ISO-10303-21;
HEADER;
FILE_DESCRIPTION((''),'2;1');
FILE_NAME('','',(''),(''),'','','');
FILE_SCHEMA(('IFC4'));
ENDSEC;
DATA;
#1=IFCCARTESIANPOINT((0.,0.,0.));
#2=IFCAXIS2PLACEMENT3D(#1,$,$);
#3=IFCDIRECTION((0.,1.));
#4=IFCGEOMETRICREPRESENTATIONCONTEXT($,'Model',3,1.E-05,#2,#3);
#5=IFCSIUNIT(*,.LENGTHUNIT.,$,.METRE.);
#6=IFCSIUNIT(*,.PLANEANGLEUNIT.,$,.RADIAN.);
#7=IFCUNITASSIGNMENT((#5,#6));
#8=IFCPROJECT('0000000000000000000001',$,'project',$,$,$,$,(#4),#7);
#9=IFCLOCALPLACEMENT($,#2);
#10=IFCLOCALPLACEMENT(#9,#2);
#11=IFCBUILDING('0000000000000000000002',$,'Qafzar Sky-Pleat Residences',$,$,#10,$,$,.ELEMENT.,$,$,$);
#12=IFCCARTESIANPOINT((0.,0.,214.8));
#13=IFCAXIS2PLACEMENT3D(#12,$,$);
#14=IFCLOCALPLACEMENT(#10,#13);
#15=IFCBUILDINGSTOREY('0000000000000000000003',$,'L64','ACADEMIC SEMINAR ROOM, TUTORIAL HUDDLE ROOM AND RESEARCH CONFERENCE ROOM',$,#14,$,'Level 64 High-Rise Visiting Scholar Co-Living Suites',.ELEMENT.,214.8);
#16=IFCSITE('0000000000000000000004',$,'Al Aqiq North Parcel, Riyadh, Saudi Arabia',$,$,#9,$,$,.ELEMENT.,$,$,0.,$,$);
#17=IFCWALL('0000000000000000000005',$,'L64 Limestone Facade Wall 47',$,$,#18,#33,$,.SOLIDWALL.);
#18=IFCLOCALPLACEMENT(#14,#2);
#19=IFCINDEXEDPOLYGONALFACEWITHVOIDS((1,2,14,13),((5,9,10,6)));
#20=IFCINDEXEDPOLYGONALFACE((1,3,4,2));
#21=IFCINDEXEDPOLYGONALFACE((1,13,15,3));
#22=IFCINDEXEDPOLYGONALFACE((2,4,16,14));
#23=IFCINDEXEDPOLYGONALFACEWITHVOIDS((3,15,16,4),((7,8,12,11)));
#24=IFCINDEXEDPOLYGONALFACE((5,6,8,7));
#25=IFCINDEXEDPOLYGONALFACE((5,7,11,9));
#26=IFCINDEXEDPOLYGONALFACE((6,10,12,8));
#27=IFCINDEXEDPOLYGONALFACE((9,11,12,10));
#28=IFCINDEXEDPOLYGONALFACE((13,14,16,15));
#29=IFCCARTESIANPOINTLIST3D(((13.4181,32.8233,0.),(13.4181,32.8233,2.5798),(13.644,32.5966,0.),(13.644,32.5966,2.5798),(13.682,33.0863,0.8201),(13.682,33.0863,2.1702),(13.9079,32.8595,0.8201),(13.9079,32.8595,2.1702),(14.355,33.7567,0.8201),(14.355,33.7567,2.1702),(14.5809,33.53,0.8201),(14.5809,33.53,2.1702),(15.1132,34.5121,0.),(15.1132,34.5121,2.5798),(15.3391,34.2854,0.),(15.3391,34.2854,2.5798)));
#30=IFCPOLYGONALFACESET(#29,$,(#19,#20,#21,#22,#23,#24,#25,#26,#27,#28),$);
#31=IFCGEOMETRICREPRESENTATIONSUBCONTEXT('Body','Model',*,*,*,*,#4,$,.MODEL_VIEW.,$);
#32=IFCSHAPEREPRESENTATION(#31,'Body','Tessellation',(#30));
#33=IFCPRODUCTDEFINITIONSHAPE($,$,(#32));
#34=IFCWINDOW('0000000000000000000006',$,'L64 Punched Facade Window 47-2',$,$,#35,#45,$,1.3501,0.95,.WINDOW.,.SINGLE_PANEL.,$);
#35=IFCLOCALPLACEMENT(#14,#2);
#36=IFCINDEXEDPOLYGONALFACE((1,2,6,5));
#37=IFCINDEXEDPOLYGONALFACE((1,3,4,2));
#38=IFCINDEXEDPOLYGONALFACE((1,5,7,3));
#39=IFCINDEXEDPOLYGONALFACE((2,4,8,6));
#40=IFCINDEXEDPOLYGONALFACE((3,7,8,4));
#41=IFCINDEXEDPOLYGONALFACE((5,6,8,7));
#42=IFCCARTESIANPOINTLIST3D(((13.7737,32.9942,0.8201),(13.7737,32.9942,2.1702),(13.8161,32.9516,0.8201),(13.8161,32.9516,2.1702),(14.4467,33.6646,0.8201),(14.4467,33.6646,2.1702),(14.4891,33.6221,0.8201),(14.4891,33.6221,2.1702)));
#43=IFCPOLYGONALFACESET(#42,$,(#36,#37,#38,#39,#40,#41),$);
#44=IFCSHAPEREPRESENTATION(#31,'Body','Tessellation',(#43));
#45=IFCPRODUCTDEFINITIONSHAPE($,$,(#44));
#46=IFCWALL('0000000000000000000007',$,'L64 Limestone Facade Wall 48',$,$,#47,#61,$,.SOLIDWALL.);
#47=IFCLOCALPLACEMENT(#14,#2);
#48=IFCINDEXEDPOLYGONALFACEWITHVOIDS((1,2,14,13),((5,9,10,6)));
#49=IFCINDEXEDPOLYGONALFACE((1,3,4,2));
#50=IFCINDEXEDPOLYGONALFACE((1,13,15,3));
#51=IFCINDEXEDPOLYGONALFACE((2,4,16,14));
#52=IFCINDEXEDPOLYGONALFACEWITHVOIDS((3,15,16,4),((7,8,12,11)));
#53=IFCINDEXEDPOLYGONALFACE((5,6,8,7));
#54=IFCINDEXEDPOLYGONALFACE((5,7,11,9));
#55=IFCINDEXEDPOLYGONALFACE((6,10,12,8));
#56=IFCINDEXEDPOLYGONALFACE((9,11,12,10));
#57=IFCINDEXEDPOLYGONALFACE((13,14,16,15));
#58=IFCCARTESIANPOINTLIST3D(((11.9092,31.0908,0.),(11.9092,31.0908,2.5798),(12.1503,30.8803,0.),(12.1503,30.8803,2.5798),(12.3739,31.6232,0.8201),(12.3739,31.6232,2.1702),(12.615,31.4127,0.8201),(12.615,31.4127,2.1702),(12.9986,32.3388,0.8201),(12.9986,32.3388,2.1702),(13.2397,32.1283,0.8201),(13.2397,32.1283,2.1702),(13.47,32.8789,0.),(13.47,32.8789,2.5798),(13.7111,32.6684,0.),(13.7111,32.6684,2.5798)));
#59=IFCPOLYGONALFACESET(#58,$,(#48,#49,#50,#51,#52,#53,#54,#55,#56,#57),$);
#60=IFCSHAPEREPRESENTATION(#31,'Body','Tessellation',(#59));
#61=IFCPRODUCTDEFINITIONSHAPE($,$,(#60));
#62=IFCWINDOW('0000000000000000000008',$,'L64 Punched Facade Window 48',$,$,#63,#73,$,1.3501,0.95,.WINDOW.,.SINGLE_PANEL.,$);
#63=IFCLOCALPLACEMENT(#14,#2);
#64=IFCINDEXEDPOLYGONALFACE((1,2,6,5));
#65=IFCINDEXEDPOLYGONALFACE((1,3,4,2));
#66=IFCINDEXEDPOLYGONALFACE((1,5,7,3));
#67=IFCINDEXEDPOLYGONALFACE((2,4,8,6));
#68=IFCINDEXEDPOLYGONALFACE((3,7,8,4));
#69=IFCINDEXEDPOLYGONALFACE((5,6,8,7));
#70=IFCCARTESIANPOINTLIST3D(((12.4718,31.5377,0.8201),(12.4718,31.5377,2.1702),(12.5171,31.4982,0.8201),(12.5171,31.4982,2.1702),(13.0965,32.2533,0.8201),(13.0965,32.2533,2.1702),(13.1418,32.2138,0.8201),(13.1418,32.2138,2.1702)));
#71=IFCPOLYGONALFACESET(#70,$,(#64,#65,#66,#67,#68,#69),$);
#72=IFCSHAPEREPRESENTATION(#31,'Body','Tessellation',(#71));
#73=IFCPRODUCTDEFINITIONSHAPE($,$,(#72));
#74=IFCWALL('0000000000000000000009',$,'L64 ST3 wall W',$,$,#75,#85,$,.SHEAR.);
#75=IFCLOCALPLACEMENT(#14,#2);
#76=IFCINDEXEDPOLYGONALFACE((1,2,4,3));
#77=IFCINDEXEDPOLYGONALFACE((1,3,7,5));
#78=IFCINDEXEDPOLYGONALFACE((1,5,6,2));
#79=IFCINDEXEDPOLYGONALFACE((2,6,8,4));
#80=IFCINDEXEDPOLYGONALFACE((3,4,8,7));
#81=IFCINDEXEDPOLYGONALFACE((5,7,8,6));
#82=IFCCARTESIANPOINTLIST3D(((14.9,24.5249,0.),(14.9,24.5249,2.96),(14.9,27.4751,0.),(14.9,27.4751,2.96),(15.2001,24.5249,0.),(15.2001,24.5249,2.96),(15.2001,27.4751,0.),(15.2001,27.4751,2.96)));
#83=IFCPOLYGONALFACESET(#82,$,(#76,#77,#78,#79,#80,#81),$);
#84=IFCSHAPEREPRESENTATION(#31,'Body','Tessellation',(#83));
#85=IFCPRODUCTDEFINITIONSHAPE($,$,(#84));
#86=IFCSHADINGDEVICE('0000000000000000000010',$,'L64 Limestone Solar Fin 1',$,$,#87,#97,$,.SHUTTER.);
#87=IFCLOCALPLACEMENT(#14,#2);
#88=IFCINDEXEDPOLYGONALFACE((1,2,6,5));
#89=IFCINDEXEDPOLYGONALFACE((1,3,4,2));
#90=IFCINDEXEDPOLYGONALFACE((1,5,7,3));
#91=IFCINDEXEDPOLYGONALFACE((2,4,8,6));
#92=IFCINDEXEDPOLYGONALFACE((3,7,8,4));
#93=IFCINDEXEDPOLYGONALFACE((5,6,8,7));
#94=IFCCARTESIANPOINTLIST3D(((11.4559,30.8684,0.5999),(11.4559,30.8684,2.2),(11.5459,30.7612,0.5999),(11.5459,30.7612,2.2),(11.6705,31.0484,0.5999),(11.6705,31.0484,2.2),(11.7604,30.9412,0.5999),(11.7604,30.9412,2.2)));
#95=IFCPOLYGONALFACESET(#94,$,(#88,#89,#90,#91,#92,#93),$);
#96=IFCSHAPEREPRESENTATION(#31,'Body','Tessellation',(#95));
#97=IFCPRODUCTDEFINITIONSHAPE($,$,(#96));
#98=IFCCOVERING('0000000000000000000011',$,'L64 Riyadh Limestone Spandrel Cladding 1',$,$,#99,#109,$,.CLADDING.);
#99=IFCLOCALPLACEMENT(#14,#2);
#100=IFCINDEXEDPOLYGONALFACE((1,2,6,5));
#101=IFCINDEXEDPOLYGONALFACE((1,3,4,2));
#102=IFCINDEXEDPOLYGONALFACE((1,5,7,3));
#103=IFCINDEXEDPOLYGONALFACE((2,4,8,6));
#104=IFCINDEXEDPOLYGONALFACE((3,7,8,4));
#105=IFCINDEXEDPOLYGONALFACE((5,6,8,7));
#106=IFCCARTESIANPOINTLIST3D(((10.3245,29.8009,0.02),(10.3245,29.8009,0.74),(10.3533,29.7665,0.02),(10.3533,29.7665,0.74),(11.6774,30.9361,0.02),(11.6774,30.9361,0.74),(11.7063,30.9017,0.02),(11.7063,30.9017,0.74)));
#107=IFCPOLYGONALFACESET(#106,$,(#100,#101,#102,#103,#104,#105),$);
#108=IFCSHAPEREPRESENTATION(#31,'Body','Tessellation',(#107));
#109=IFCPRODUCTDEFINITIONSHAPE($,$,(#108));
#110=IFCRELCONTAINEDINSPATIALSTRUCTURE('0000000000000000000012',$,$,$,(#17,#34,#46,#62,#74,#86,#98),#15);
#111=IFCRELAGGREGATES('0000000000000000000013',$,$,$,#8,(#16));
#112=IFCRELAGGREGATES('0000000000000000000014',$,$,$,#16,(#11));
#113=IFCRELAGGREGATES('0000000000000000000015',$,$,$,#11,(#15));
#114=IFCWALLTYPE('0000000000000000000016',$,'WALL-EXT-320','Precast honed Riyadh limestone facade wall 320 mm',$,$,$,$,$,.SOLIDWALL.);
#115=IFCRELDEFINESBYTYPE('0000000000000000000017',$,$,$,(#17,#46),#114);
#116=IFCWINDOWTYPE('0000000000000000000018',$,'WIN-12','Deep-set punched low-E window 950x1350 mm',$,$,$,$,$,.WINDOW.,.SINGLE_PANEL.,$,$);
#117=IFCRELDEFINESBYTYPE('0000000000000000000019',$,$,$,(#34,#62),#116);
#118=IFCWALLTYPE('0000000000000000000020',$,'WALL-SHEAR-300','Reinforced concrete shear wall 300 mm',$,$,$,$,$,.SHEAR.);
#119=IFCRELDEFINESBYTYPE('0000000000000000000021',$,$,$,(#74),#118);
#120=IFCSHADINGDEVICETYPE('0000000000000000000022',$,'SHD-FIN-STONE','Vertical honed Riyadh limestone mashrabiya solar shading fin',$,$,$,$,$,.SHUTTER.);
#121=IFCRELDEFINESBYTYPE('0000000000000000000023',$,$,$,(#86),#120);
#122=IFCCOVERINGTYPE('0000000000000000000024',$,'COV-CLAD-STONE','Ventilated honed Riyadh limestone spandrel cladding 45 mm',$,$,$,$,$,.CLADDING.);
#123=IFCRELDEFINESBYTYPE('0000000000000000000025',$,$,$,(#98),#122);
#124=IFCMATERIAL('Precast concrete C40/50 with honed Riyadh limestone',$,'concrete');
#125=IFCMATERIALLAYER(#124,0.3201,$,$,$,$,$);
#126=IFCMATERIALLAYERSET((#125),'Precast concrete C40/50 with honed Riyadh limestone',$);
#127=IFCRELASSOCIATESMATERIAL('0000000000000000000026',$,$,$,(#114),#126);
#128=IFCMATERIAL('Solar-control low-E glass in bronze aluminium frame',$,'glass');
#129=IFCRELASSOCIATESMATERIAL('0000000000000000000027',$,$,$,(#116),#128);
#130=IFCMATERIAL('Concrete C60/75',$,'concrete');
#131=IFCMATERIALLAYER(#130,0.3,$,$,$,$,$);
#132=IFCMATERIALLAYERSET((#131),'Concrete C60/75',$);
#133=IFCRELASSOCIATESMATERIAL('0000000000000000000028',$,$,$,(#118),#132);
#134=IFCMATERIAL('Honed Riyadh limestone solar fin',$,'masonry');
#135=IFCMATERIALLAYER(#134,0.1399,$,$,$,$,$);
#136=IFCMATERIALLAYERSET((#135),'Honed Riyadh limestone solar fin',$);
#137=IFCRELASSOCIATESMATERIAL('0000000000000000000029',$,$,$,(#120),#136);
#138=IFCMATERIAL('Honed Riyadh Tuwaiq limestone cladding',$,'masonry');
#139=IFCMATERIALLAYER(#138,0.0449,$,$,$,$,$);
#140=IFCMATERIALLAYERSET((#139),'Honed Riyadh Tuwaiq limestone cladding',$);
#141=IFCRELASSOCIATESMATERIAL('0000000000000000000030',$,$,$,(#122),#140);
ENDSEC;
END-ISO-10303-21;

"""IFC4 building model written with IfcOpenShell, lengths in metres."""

from ifc_helpers import new_model, si_unit, direction, frame, frame_2d, origin, origin_2d, place, context, subcontext, project, spatial, rectangle, extrude, source, transform, mapped, material, layer, layer_set, type_object, element, fill, save


model = new_model("IFC4")

# Units and contexts
model_context = context("Model", 3, precision=1e-05, world=origin(), true_north=direction((0.0, 1.0)))
body_context = subcontext(model_context, "Body", "Model", "MODEL_VIEW")
ifc_project = project(units=[si_unit("LENGTHUNIT", "METRE"), si_unit("PLANEANGLEUNIT", "RADIAN")], contexts=[model_context])

# Site, building, storey
site_placement = place(None, origin())
site = spatial("IfcSite", under=ifc_project, at=site_placement, Name="Al Aqiq North Parcel, Riyadh, Saudi Arabia", CompositionType="ELEMENT", RefElevation=0.0)
building_placement = place(site_placement, origin())
building = spatial("IfcBuilding", under=site, at=building_placement, Name="Qafzar Sky-Pleat Residences", CompositionType="ELEMENT")
storey_placement = place(building_placement, frame((0.0, 0.0, 214.8)))
storey = spatial("IfcBuildingStorey", under=building, at=storey_placement, Name="L64", Description="ACADEMIC SEMINAR ROOM, TUTORIAL HUDDLE ROOM AND RESEARCH CONFERENCE ROOM", LongName="Level 64 High-Rise Visiting Scholar Co-Living Suites", CompositionType="ELEMENT", Elevation=214.8)

# Walls, openings, windows
ifc_material_1 = material(Name="Precast concrete C40/50 with honed Riyadh limestone", Category="concrete")
ifc_layer_1 = layer(ifc_material_1, 0.3201)
ifc_layer_set_1 = layer_set([ifc_layer_1], Name="Precast concrete C40/50 with honed Riyadh limestone")
wall_type_1 = type_object("IfcWallType", Name="WALL-EXT-320", Description="Precast honed Riyadh limestone facade wall 320 mm", PredefinedType="SOLIDWALL", material=ifc_layer_set_1)
ifc_material_2 = material(Name="Solar-control low-E glass in bronze aluminium frame", Category="glass")
wall_1_placement = place(storey_placement, frame((15.2261, 34.3987, 0.0), z_axis=(0.0, 0.0, 1.0), x_axis=(-0.708432, -0.705779, 0.0)))
wall_1 = element("IfcWall", 1, at=wall_1_placement, inside=storey, type_object=wall_type_1, Name="L64 Limestone Facade Wall 47", PredefinedType="SOLIDWALL", context=body_context, shape_type="SweptSolid", body=[
    extrude(rectangle(XDim=2.3928, YDim=0.3201, at=frame_2d((1.1963, 0.0))), origin(), (0.0, 0.0, 1.0), 2.5798),
])
opening_1_placement = place(wall_1_placement, frame((1.0701, 0.0, 0.8201)))
opening_1 = element("IfcOpeningElement", 2, at=opening_1_placement, cuts=wall_1, PredefinedType="OPENING", context=body_context, shape_type="SweptSolid", body=[
    extrude(rectangle(XDim=0.95, YDim=1.3501, at=frame_2d((0.4751, 0.675))), frame((0.0, 0.1699, 0.0), z_axis=(0.0, -1.0, 0.0), x_axis=(1.0, 0.0, 0.0)), (0.0, 0.0, 1.0), 0.3401),
])
window_type_1 = type_object("IfcWindowType", Name="WIN-12", Description="Deep-set punched low-E window 950x1350 mm", PartitioningType="SINGLE_PANEL", PredefinedType="WINDOW", material=ifc_material_2)
shared_shape_1 = source(origin(), body_context, "Body", "SweptSolid", [
    extrude(rectangle(XDim=0.95, YDim=1.3501, at=frame_2d((0.4751, 0.675))), frame((0.0, 0.03, 0.0), z_axis=(0.0, -1.0, 0.0), x_axis=(1.0, 0.0, 0.0)), (0.0, 0.0, 1.0), 0.0601),
])
window_1_placement = place(opening_1_placement, origin())
window_1 = element("IfcWindow", 3, at=window_1_placement, inside=storey, type_object=window_type_1, Name="L64 Punched Facade Window 47-2", OverallHeight=1.3501, OverallWidth=0.95, PartitioningType="SINGLE_PANEL", PredefinedType="WINDOW", context=body_context, shape_type="MappedRepresentation", body=[
    mapped(shared_shape_1, transform((0.0, 0.0, 0.0), x_axis=(1.0, 0.0, 0.0), y_axis=(0.0, 1.0, 0.0), z_axis=(0.0, 0.0, 1.0), scale=1.0)),
])
fill(opening_1, window_1)
wall_2_placement = place(storey_placement, frame((13.5906, 32.7737, 0.0), z_axis=(0.0, 0.0, 1.0), x_axis=(-0.657601, -0.753366, 0.0)))
wall_2 = element("IfcWall", 4, at=wall_2_placement, inside=storey, type_object=wall_type_1, Name="L64 Limestone Facade Wall 48", PredefinedType="SOLIDWALL", context=body_context, shape_type="SweptSolid", body=[
    extrude(rectangle(XDim=2.3735, YDim=0.3201, at=frame_2d((1.1868, 0.0))), origin(), (0.0, 0.0, 1.0), 2.5798),
])
opening_2_placement = place(wall_2_placement, frame((0.7168, 0.0, 0.8201)))
opening_2 = element("IfcOpeningElement", 5, at=opening_2_placement, cuts=wall_2, PredefinedType="OPENING", context=body_context, shape_type="SweptSolid", body=[
    extrude(rectangle(XDim=0.95, YDim=1.3501, at=frame_2d((0.4751, 0.675))), frame((0.0, 0.1699, 0.0), z_axis=(0.0, -1.0, 0.0), x_axis=(1.0, 0.0, 0.0)), (0.0, 0.0, 1.0), 0.3401),
])
window_2_placement = place(opening_2_placement, origin())
window_2 = element("IfcWindow", 6, at=window_2_placement, inside=storey, type_object=window_type_1, Name="L64 Punched Facade Window 48", OverallHeight=1.3501, OverallWidth=0.95, PartitioningType="SINGLE_PANEL", PredefinedType="WINDOW", context=body_context, shape_type="MappedRepresentation", body=[
    mapped(shared_shape_1, transform((0.0, 0.0, 0.0), x_axis=(1.0, 0.0, 0.0), y_axis=(0.0, 1.0, 0.0), z_axis=(0.0, 0.0, 1.0), scale=1.0)),
])
fill(opening_2, window_2)

# Wall
ifc_material_3 = material(Name="Concrete C60/75", Category="concrete")
ifc_layer_2 = layer(ifc_material_3, 0.3)
ifc_layer_set_2 = layer_set([ifc_layer_2], Name="Concrete C60/75")
wall_type_2 = type_object("IfcWallType", Name="WALL-SHEAR-300", Description="Reinforced concrete shear wall 300 mm", PredefinedType="SHEAR", material=ifc_layer_set_2)
wall_3_placement = place(storey_placement, frame((15.05, 27.4751, 0.0), z_axis=(0.0, 0.0, 1.0), x_axis=(0.0, -1.0, 0.0)))
element("IfcWall", 7, at=wall_3_placement, inside=storey, type_object=wall_type_2, Name="L64 ST3 wall W", PredefinedType="SHEAR", context=body_context, shape_type="SweptSolid", body=[
    extrude(rectangle(XDim=2.9502, YDim=0.3, at=frame_2d((1.4751, 0.0))), origin(), (0.0, 0.0, 1.0), 2.96),
])

# Shading device
ifc_material_4 = material(Name="Honed Riyadh limestone solar fin", Category="masonry")
ifc_layer_3 = layer(ifc_material_4, 0.1399)
ifc_layer_set_3 = layer_set([ifc_layer_3], Name="Honed Riyadh limestone solar fin")
shading_device_type = type_object("IfcShadingDeviceType", Name="SHD-FIN-STONE", Description="Vertical honed Riyadh limestone mashrabiya solar shading fin", PredefinedType="SHUTTER", material=ifc_layer_set_3)
shared_shape_2 = source(origin(), body_context, "Body", "SweptSolid", [
    extrude(rectangle(XDim=0.1399, YDim=0.28, at=origin_2d()), origin(), (0.0, 0.0, 1.0), 1.6001),
])
shading_device_placement = place(storey_placement, frame((11.6082, 30.9048, 0.5999), z_axis=(0.0, 0.0, 1.0), x_axis=(-0.642754, 0.766072, 0.0)))
element("IfcShadingDevice", 8, at=shading_device_placement, inside=storey, type_object=shading_device_type, Name="L64 Limestone Solar Fin 1", PredefinedType="SHUTTER", context=body_context, shape_type="MappedRepresentation", body=[
    mapped(shared_shape_2, transform((0.0, 0.0, 0.0), x_axis=(1.0, 0.0, 0.0), y_axis=(0.0, 1.0, 0.0), z_axis=(0.0, 0.0, 1.0), scale=1.0)),
])

# Covering
ifc_material_5 = material(Name="Honed Riyadh Tuwaiq limestone cladding", Category="masonry")
ifc_layer_4 = layer(ifc_material_5, 0.0449)
ifc_layer_set_4 = layer_set([ifc_layer_4], Name="Honed Riyadh Tuwaiq limestone cladding")
covering_type = type_object("IfcCoveringType", Name="COV-CLAD-STONE", Description="Ventilated honed Riyadh limestone spandrel cladding 45 mm", PredefinedType="CLADDING", material=ifc_layer_set_4)
shared_shape_3 = source(origin(), body_context, "Body", "SweptSolid", [
    extrude(rectangle(XDim=1.7661, YDim=0.0449, at=origin_2d()), origin(), (0.0, 0.0, 1.0), 0.72),
])
covering_placement = place(storey_placement, frame((11.0154, 30.3513, 0.02), z_axis=(0.0, 0.0, 1.0), x_axis=(-0.766074, -0.642752, 0.0)))
element("IfcCovering", 9, at=covering_placement, inside=storey, type_object=covering_type, Name="L64 Riyadh Limestone Spandrel Cladding 1", PredefinedType="CLADDING", context=body_context, shape_type="MappedRepresentation", body=[
    mapped(shared_shape_3, transform((0.0, 0.0, 0.0), x_axis=(1.0, 0.0, 0.0), y_axis=(0.0, 1.0, 0.0), z_axis=(0.0, 0.0, 1.0), scale=1.0)),
])

save(model, "model.ifc")
